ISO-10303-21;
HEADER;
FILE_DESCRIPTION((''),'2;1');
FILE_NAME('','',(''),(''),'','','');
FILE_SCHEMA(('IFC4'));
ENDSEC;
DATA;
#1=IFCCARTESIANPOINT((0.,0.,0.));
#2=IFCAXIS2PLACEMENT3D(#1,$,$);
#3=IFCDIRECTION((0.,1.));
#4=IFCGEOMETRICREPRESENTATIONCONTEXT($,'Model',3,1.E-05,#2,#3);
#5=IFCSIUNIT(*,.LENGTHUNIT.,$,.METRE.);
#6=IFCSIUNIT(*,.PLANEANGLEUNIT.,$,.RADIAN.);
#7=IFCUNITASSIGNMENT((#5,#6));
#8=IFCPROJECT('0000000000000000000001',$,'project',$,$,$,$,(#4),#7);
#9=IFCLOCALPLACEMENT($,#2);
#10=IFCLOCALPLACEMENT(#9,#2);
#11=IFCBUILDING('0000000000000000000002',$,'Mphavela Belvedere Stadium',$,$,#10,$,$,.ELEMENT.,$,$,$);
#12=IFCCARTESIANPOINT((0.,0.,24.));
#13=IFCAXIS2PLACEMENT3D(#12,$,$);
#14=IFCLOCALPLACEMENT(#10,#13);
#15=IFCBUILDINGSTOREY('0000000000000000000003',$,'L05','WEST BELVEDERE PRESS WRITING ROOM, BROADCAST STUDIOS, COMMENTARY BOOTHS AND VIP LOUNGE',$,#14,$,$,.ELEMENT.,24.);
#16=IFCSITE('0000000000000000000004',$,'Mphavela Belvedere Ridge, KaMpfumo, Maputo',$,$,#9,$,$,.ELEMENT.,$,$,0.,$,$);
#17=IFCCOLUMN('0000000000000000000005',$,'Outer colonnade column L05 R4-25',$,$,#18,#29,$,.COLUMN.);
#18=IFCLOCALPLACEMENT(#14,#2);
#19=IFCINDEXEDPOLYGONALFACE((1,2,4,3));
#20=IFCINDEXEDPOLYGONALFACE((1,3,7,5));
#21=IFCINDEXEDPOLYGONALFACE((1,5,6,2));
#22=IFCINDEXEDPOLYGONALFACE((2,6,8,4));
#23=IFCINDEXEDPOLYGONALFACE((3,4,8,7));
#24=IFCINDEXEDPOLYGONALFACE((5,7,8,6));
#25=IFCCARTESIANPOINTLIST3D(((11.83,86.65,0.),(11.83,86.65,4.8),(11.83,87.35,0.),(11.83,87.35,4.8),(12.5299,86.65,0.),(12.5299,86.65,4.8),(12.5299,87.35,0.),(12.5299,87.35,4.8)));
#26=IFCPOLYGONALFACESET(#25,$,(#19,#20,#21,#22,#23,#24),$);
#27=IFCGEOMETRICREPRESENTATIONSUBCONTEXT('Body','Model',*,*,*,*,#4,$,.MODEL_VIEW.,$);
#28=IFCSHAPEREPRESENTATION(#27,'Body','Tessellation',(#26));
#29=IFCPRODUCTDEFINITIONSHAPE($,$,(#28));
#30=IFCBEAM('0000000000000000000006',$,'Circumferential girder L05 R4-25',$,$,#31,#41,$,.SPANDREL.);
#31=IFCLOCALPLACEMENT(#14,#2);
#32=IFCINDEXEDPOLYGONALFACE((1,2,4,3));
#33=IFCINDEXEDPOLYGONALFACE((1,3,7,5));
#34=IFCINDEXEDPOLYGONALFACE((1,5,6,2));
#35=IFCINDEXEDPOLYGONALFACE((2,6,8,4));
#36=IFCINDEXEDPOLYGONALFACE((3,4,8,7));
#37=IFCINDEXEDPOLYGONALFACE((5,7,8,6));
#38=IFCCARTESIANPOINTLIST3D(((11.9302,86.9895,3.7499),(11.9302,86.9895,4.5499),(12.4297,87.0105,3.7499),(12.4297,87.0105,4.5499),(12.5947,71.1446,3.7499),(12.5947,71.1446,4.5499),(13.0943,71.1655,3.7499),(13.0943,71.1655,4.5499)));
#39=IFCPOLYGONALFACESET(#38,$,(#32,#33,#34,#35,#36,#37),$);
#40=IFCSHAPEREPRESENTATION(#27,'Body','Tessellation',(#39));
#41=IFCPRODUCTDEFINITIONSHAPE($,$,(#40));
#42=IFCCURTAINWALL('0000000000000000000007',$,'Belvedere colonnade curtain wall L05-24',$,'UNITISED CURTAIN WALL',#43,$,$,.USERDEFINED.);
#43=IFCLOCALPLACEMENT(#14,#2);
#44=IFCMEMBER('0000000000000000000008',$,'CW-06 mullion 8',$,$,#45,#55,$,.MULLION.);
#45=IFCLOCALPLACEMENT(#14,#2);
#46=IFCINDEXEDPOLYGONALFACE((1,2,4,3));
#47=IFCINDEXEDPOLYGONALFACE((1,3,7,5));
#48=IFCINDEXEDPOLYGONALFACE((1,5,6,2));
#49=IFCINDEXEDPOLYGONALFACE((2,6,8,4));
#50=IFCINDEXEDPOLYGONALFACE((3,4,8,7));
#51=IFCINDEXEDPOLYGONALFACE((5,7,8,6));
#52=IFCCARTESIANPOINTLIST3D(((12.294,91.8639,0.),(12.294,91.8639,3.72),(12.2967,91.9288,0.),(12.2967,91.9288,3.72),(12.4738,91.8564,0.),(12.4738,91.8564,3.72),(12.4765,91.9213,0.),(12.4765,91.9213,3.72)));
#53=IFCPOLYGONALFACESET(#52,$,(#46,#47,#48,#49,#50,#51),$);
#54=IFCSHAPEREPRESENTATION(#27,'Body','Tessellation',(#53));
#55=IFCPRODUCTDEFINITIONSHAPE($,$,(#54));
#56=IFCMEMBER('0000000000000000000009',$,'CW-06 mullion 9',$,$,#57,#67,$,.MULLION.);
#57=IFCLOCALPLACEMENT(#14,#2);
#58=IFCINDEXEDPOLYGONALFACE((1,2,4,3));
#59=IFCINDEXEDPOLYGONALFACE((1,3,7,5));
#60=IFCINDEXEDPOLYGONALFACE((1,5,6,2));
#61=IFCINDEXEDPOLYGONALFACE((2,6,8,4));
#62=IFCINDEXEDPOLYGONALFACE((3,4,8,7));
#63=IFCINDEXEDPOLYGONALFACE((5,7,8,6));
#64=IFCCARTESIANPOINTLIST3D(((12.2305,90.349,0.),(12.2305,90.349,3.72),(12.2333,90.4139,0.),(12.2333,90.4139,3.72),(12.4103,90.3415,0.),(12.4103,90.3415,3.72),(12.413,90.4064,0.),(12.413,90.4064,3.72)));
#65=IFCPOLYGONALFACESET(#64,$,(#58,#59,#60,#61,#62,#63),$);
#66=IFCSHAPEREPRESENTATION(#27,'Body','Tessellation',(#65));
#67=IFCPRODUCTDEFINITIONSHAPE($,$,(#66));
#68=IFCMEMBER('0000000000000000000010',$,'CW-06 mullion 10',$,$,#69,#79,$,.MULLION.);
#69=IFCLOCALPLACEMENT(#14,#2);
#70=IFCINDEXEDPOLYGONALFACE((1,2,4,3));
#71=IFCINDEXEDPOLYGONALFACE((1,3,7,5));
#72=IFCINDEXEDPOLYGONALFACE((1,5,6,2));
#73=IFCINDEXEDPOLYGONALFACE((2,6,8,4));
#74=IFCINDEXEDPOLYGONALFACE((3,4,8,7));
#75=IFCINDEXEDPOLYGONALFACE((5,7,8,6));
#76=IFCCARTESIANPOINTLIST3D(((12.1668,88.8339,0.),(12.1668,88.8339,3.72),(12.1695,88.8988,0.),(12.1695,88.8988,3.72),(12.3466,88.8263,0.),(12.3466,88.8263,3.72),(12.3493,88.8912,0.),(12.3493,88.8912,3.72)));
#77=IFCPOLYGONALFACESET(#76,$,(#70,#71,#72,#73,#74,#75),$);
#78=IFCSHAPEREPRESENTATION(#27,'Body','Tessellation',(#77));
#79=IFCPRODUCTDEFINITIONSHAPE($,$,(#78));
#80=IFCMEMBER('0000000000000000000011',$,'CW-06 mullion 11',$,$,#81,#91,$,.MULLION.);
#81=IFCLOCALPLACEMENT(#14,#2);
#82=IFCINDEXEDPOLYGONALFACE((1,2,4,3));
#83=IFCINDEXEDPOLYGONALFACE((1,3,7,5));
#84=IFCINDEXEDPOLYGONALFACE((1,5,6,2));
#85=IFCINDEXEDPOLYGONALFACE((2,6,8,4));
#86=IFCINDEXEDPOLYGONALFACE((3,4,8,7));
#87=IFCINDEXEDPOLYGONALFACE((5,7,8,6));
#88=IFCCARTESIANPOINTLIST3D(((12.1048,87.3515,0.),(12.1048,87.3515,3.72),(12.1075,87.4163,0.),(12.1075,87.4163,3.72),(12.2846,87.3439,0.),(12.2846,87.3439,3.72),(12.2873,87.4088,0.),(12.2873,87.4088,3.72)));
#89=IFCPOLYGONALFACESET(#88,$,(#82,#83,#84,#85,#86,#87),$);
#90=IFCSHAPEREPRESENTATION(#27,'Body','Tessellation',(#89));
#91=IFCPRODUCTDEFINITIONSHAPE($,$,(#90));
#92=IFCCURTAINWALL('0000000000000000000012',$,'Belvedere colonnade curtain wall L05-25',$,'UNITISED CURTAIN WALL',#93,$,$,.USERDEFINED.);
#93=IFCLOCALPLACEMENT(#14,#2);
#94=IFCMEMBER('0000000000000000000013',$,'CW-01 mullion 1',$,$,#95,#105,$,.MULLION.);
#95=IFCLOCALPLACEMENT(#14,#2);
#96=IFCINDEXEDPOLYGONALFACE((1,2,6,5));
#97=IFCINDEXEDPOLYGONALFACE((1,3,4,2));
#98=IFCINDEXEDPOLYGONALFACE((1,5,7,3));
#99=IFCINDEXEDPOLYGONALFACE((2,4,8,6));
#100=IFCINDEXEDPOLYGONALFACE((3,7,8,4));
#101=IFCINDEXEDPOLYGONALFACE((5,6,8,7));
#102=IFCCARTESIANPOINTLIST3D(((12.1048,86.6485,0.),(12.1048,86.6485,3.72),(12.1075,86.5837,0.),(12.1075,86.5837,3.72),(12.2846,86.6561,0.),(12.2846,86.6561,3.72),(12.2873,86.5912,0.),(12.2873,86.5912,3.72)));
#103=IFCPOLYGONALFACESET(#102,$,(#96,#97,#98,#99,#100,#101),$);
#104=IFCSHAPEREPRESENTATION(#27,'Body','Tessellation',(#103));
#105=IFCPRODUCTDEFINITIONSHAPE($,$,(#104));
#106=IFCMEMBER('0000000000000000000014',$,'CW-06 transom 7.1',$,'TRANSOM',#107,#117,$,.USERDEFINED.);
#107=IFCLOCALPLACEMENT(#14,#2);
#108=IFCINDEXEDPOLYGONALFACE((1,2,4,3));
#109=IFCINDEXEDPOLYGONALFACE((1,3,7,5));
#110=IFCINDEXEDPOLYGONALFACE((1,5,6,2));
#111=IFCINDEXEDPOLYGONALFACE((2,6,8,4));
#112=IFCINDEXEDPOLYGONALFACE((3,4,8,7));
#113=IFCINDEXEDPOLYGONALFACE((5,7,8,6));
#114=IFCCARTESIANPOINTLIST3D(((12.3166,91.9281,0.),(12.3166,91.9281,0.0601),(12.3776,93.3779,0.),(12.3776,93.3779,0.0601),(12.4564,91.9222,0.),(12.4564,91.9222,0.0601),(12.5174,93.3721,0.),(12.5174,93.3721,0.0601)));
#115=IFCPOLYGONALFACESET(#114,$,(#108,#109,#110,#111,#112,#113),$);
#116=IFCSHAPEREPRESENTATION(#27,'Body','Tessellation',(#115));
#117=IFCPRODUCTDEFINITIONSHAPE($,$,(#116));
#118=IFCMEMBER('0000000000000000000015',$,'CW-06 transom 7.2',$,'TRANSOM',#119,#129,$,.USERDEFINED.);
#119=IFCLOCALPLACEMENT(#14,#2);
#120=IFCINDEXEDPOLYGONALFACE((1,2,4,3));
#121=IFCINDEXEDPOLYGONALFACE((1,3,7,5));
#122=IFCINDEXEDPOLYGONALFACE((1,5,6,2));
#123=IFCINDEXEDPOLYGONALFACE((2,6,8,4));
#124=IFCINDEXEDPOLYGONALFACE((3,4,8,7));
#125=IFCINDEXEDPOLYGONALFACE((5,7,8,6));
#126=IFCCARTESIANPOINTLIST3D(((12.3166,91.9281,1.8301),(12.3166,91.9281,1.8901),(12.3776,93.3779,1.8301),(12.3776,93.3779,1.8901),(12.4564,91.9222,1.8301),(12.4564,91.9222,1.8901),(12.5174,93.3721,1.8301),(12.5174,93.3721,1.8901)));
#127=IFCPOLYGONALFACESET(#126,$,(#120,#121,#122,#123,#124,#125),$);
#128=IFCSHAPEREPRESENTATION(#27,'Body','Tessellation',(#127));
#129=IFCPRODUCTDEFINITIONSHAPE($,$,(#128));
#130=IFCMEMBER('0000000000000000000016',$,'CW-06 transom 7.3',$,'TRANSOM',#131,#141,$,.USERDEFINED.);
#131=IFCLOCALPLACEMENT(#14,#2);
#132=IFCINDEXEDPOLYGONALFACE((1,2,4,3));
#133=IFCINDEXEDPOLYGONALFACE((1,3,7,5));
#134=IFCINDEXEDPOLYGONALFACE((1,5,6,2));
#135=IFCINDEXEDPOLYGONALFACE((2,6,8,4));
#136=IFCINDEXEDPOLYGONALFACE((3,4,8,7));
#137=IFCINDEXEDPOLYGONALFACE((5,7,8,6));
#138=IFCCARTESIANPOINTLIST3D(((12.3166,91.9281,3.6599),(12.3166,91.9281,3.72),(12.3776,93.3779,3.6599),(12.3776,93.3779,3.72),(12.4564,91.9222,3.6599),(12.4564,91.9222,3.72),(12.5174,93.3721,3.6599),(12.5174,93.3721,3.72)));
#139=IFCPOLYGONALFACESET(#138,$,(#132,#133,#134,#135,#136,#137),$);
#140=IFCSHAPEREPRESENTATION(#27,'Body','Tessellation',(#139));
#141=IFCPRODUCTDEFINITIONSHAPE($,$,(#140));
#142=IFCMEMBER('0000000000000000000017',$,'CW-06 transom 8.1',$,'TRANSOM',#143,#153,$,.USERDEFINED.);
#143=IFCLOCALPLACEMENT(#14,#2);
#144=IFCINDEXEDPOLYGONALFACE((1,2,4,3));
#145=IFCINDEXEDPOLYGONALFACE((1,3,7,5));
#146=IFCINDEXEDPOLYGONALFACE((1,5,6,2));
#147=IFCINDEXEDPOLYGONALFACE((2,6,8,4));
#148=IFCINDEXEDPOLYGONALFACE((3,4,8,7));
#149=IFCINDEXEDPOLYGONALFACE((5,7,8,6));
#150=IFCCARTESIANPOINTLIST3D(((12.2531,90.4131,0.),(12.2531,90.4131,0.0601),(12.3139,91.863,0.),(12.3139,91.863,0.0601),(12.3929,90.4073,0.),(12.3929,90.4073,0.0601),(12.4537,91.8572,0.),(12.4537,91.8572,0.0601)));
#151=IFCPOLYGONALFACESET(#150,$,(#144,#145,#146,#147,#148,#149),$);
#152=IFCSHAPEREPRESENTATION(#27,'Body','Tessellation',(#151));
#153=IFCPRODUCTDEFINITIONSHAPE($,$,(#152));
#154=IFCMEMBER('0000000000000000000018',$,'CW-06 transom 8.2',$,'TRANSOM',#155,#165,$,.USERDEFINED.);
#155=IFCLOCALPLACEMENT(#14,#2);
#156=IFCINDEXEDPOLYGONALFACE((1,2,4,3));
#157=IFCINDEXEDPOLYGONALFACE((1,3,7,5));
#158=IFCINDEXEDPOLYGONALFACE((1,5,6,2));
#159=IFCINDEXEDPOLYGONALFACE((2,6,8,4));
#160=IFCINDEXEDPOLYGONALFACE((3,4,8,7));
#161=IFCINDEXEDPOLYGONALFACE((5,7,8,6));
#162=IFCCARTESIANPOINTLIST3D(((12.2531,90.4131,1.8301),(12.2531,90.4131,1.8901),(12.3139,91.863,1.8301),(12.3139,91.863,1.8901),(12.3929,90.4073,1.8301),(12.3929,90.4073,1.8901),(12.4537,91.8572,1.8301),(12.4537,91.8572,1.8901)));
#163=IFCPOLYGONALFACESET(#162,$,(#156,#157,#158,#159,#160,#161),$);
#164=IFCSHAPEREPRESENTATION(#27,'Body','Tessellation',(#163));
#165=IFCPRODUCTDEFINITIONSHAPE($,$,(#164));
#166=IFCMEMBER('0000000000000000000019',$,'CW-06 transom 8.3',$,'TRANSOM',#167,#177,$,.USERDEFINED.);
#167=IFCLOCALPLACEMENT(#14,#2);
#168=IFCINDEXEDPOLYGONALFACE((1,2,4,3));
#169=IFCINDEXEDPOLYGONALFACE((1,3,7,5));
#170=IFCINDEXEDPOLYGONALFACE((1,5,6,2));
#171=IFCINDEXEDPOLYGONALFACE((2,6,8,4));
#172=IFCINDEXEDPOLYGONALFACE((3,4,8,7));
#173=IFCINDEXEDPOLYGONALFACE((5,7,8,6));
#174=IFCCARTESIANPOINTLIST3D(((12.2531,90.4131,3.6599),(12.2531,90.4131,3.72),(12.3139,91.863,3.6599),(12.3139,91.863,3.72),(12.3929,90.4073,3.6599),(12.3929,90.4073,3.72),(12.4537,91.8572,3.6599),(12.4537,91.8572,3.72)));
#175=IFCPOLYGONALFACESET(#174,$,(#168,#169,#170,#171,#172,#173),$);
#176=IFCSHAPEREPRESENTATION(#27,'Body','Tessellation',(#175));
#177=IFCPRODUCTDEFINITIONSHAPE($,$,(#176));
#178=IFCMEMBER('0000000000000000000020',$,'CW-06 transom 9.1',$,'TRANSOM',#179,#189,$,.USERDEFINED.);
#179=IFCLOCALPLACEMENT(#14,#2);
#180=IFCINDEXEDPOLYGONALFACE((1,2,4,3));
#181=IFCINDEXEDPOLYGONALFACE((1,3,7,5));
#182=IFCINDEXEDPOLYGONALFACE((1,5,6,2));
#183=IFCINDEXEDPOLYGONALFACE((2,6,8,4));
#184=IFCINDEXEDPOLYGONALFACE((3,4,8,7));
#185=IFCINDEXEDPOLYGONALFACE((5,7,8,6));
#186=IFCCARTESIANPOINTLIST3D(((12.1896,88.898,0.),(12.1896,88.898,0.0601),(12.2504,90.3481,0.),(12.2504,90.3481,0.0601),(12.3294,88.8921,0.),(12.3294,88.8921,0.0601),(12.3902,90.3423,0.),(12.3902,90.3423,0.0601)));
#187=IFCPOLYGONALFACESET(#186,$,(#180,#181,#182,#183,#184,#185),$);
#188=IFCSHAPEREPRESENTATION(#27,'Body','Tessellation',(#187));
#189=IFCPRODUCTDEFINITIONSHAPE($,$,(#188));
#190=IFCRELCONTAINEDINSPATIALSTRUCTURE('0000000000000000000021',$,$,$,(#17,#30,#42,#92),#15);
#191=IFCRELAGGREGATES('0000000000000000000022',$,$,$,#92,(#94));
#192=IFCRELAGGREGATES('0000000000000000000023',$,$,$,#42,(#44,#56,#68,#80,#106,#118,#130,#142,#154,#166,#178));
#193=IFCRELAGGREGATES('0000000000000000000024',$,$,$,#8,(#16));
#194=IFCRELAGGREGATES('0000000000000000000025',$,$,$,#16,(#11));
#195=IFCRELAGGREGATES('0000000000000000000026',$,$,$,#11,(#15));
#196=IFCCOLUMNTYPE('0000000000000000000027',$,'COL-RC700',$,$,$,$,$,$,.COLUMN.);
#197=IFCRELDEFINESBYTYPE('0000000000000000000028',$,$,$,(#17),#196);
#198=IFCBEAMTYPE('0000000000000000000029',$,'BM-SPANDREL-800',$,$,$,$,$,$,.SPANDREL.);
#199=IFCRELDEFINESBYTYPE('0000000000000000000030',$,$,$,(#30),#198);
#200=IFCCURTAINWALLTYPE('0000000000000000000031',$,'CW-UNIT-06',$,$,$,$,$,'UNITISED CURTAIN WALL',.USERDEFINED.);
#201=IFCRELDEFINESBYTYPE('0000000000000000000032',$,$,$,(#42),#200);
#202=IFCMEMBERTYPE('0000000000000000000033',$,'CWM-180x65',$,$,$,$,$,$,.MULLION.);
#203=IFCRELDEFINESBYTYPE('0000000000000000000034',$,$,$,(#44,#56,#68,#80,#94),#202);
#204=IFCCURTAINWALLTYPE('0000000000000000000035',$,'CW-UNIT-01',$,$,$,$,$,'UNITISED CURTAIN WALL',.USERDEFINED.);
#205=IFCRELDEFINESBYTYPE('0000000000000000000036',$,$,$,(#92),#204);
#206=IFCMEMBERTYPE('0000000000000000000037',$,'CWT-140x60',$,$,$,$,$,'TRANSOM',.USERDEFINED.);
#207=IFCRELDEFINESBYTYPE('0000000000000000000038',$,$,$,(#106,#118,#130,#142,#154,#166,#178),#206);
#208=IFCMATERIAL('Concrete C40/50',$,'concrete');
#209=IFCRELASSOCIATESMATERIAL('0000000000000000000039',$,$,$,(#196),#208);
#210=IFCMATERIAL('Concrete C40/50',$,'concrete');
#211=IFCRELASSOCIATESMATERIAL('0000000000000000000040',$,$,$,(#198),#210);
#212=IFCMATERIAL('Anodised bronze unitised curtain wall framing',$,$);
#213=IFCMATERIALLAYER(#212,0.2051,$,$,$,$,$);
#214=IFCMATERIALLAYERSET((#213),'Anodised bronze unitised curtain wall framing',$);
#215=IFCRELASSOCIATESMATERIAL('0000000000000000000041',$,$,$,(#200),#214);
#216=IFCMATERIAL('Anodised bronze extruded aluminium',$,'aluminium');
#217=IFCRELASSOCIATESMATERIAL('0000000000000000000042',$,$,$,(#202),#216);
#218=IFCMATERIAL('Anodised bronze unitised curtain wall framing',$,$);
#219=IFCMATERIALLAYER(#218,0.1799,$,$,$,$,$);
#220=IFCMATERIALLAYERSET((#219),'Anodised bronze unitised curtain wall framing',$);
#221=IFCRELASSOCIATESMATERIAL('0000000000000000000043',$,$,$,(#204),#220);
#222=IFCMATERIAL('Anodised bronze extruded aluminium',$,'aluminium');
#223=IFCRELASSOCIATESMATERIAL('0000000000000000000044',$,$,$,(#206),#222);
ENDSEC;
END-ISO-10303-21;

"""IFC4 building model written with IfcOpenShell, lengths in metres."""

from ifc_helpers import new_model, si_unit, direction, frame, origin, origin_2d, place, context, subcontext, project, spatial, rectangle, extrude, material, layer, layer_set, material_profile, profile_set, type_object, element, aggregate, save


model = new_model("IFC4")

# Units and contexts
model_context = context("Model", 3, precision=1e-05, world=origin(), true_north=direction((0.0, 1.0)))
body_context = subcontext(model_context, "Body", "Model", "MODEL_VIEW")
ifc_project = project(units=[si_unit("LENGTHUNIT", "METRE"), si_unit("PLANEANGLEUNIT", "RADIAN")], contexts=[model_context])

# Site, building, storey
site_placement = place(None, origin())
site = spatial("IfcSite", under=ifc_project, at=site_placement, Name="Mphavela Belvedere Ridge, KaMpfumo, Maputo", CompositionType="ELEMENT", RefElevation=0.0)
building_placement = place(site_placement, origin())
building = spatial("IfcBuilding", under=site, at=building_placement, Name="Mphavela Belvedere Stadium", CompositionType="ELEMENT")
storey_placement = place(building_placement, frame((0.0, 0.0, 24.0)))
storey = spatial("IfcBuildingStorey", under=building, at=storey_placement, Name="L05", Description="WEST BELVEDERE PRESS WRITING ROOM, BROADCAST STUDIOS, COMMENTARY BOOTHS AND VIP LOUNGE", CompositionType="ELEMENT", Elevation=24.0)

# Column
ifc_material_1 = material(Name="Concrete C40/50", Category="concrete")
ifc_material_profile_1 = material_profile(ifc_material_1, rectangle(XDim=0.7, YDim=0.7, at=origin_2d()), Name="RC 700x700")
ifc_profile_set_1 = profile_set([ifc_material_profile_1], Name="Concrete C40/50")
column_type = type_object("IfcColumnType", Name="COL-RC700", PredefinedType="COLUMN", material=ifc_profile_set_1)
column_placement = place(storey_placement, frame((12.1799, 87.0, 0.0), z_axis=(0.0, 0.0, 1.0), x_axis=(-1.0, 0.0, 0.0)))
element("IfcColumn", 1, at=column_placement, inside=storey, type_object=column_type, Name="Outer colonnade column L05 R4-25", PredefinedType="COLUMN", context=body_context, shape_type="SweptSolid", body=[
    extrude(rectangle(XDim=0.7, YDim=0.7, at=origin_2d()), origin(), (0.0, 0.0, 1.0), 4.8),
])

# Beam
ifc_material_2 = material(Name="Concrete C40/50", Category="concrete")
ifc_material_profile_2 = material_profile(ifc_material_2, rectangle(XDim=0.5, YDim=0.8, at=origin_2d()), Name="RC 500x800")
ifc_profile_set_2 = profile_set([ifc_material_profile_2], Name="Concrete C40/50")
beam_type = type_object("IfcBeamType", Name="BM-SPANDREL-800", PredefinedType="SPANDREL", material=ifc_profile_set_2)
beam_placement = place(storey_placement, frame((12.1799, 87.0, 4.1499), z_axis=(0.041904, -0.999122, 0.0), x_axis=(0.999122, 0.041904, 0.0)))
element("IfcBeam", 2, at=beam_placement, inside=storey, type_object=beam_type, Name="Circumferential girder L05 R4-25", PredefinedType="SPANDREL", context=body_context, shape_type="SweptSolid", body=[
    extrude(rectangle(XDim=0.5, YDim=0.8, at=origin_2d()), origin(), (0.0, 0.0, 1.0), 15.8589),
])

# Curtain wall, members
ifc_material_3 = material(Name="Anodised bronze unitised curtain wall framing")
ifc_layer_1 = layer(ifc_material_3, 0.2051)
ifc_layer_set_1 = layer_set([ifc_layer_1], Name="Anodised bronze unitised curtain wall framing")
curtain_wall_type_1 = type_object("IfcCurtainWallType", Name="CW-UNIT-06", ElementType="UNITISED CURTAIN WALL", PredefinedType="USERDEFINED", material=ifc_layer_set_1)
curtain_wall_1_placement = place(storey_placement, origin())
curtain_wall_1 = element("IfcCurtainWall", 3, at=curtain_wall_1_placement, inside=storey, type_object=curtain_wall_type_1, Name="Belvedere colonnade curtain wall L05-24", ObjectType="UNITISED CURTAIN WALL", PredefinedType="USERDEFINED")
ifc_material_4 = material(Name="Anodised bronze extruded aluminium", Category="aluminium")
ifc_material_profile_3 = material_profile(ifc_material_4, rectangle(XDim=0.1799, YDim=0.0649, at=origin_2d()), Name="CW-MUL 180x65")
ifc_profile_set_3 = profile_set([ifc_material_profile_3], Name="Anodised bronze extruded aluminium")
member_type_1 = type_object("IfcMemberType", Name="CWM-180x65", PredefinedType="MULLION", material=ifc_profile_set_3)
member_1_placement = place(storey_placement, frame((12.3853, 91.8926, 0.0), z_axis=(0.0, 0.0, 1.0), x_axis=(0.999122, -0.041905, 0.0)))
member_1 = element("IfcMember", 4, at=member_1_placement, type_object=member_type_1, Name="CW-06 mullion 8", PredefinedType="MULLION", context=body_context, shape_type="SweptSolid", body=[
    extrude(rectangle(XDim=0.1799, YDim=0.0649, at=origin_2d()), origin(), (0.0, 0.0, 1.0), 3.72),
])
member_2_placement = place(storey_placement, frame((12.3218, 90.3777, 0.0), z_axis=(0.0, 0.0, 1.0), x_axis=(0.999122, -0.041905, 0.0)))
member_2 = element("IfcMember", 5, at=member_2_placement, type_object=member_type_1, Name="CW-06 mullion 9", PredefinedType="MULLION", context=body_context, shape_type="SweptSolid", body=[
    extrude(rectangle(XDim=0.1799, YDim=0.0649, at=origin_2d()), origin(), (0.0, 0.0, 1.0), 3.72),
])
member_3_placement = place(storey_placement, frame((12.2581, 88.8625, 0.0), z_axis=(0.0, 0.0, 1.0), x_axis=(0.999122, -0.041905, 0.0)))
member_3 = element("IfcMember", 6, at=member_3_placement, type_object=member_type_1, Name="CW-06 mullion 10", PredefinedType="MULLION", context=body_context, shape_type="SweptSolid", body=[
    extrude(rectangle(XDim=0.1799, YDim=0.0649, at=origin_2d()), origin(), (0.0, 0.0, 1.0), 3.72),
])
member_4_placement = place(storey_placement, frame((12.196, 87.3801, 0.0), z_axis=(0.0, 0.0, 1.0), x_axis=(0.999122, -0.041905, 0.0)))
member_4 = element("IfcMember", 7, at=member_4_placement, type_object=member_type_1, Name="CW-06 mullion 11", PredefinedType="MULLION", context=body_context, shape_type="SweptSolid", body=[
    extrude(rectangle(XDim=0.1799, YDim=0.0649, at=origin_2d()), origin(), (0.0, 0.0, 1.0), 3.72),
])

# Curtain wall, member
ifc_material_5 = material(Name="Anodised bronze unitised curtain wall framing")
ifc_layer_2 = layer(ifc_material_5, 0.1799)
ifc_layer_set_2 = layer_set([ifc_layer_2], Name="Anodised bronze unitised curtain wall framing")
curtain_wall_type_2 = type_object("IfcCurtainWallType", Name="CW-UNIT-01", ElementType="UNITISED CURTAIN WALL", PredefinedType="USERDEFINED", material=ifc_layer_set_2)
curtain_wall_2_placement = place(storey_placement, origin())
curtain_wall_2 = element("IfcCurtainWall", 8, at=curtain_wall_2_placement, inside=storey, type_object=curtain_wall_type_2, Name="Belvedere colonnade curtain wall L05-25", ObjectType="UNITISED CURTAIN WALL", PredefinedType="USERDEFINED")
member_5_placement = place(storey_placement, frame((12.196, 86.6199, 0.0), z_axis=(0.0, 0.0, 1.0), x_axis=(0.999122, 0.041905, 0.0)))
member_5 = element("IfcMember", 9, at=member_5_placement, type_object=member_type_1, Name="CW-01 mullion 1", PredefinedType="MULLION", context=body_context, shape_type="SweptSolid", body=[
    extrude(rectangle(XDim=0.1799, YDim=0.0649, at=origin_2d()), origin(), (0.0, 0.0, 1.0), 3.72),
])

# Members
ifc_material_6 = material(Name="Anodised bronze extruded aluminium", Category="aluminium")
ifc_material_profile_4 = material_profile(ifc_material_6, rectangle(XDim=0.1399, YDim=0.0601, at=origin_2d()), Name="CW-TRN 140x60")
ifc_profile_set_4 = profile_set([ifc_material_profile_4], Name="Anodised bronze extruded aluminium")
member_type_2 = type_object("IfcMemberType", Name="CWT-140x60", ElementType="TRANSOM", PredefinedType="USERDEFINED", material=ifc_profile_set_4)
member_6_placement = place(storey_placement, frame((12.4475, 93.375, 0.03), z_axis=(-0.042057, -0.999115, 0.0), x_axis=(0.999115, -0.042057, 0.0)))
member_6 = element("IfcMember", 10, at=member_6_placement, type_object=member_type_2, Name="CW-06 transom 7.1", ObjectType="TRANSOM", PredefinedType="USERDEFINED", context=body_context, shape_type="SweptSolid", body=[
    extrude(rectangle(XDim=0.1399, YDim=0.0601, at=origin_2d()), origin(), (0.0, 0.0, 1.0), 1.4512),
])
member_7_placement = place(storey_placement, frame((12.4475, 93.375, 1.8601), z_axis=(-0.042057, -0.999115, 0.0), x_axis=(0.999115, -0.042057, 0.0)))
member_7 = element("IfcMember", 11, at=member_7_placement, type_object=member_type_2, Name="CW-06 transom 7.2", ObjectType="TRANSOM", PredefinedType="USERDEFINED", context=body_context, shape_type="SweptSolid", body=[
    extrude(rectangle(XDim=0.1399, YDim=0.0601, at=origin_2d()), origin(), (0.0, 0.0, 1.0), 1.4512),
])
member_8_placement = place(storey_placement, frame((12.4475, 93.375, 3.6899), z_axis=(-0.042057, -0.999115, 0.0), x_axis=(0.999115, -0.042057, 0.0)))
member_8 = element("IfcMember", 12, at=member_8_placement, type_object=member_type_2, Name="CW-06 transom 7.3", ObjectType="TRANSOM", PredefinedType="USERDEFINED", context=body_context, shape_type="SweptSolid", body=[
    extrude(rectangle(XDim=0.1399, YDim=0.0601, at=origin_2d()), origin(), (0.0, 0.0, 1.0), 1.4512),
])
member_9_placement = place(storey_placement, frame((12.3838, 91.8601, 0.03), z_axis=(-0.041889, -0.999122, 0.0), x_axis=(0.999122, -0.041889, 0.0)))
member_9 = element("IfcMember", 13, at=member_9_placement, type_object=member_type_2, Name="CW-06 transom 8.1", ObjectType="TRANSOM", PredefinedType="USERDEFINED", context=body_context, shape_type="SweptSolid", body=[
    extrude(rectangle(XDim=0.1399, YDim=0.0601, at=origin_2d()), origin(), (0.0, 0.0, 1.0), 1.4512),
])
member_10_placement = place(storey_placement, frame((12.3838, 91.8601, 1.8601), z_axis=(-0.041889, -0.999122, 0.0), x_axis=(0.999122, -0.041889, 0.0)))
member_10 = element("IfcMember", 14, at=member_10_placement, type_object=member_type_2, Name="CW-06 transom 8.2", ObjectType="TRANSOM", PredefinedType="USERDEFINED", context=body_context, shape_type="SweptSolid", body=[
    extrude(rectangle(XDim=0.1399, YDim=0.0601, at=origin_2d()), origin(), (0.0, 0.0, 1.0), 1.4512),
])
member_11_placement = place(storey_placement, frame((12.3838, 91.8601, 3.6899), z_axis=(-0.041889, -0.999122, 0.0), x_axis=(0.999122, -0.041889, 0.0)))
member_11 = element("IfcMember", 15, at=member_11_placement, type_object=member_type_2, Name="CW-06 transom 8.3", ObjectType="TRANSOM", PredefinedType="USERDEFINED", context=body_context, shape_type="SweptSolid", body=[
    extrude(rectangle(XDim=0.1399, YDim=0.0601, at=origin_2d()), origin(), (0.0, 0.0, 1.0), 1.4512),
])
member_12_placement = place(storey_placement, frame((12.3203, 90.3452, 0.03), z_axis=(-0.041882, -0.999123, 0.0), x_axis=(0.999123, -0.041882, 0.0)))
member_12 = element("IfcMember", 16, at=member_12_placement, type_object=member_type_2, Name="CW-06 transom 9.1", ObjectType="TRANSOM", PredefinedType="USERDEFINED", context=body_context, shape_type="SweptSolid", body=[
    extrude(rectangle(XDim=0.1399, YDim=0.0601, at=origin_2d()), origin(), (0.0, 0.0, 1.0), 1.4514),
])
aggregate(curtain_wall_2, [member_5])

aggregate(curtain_wall_1, [member_1, member_2, member_3, member_4, member_6, member_7, member_8, member_9, member_10, member_11, member_12])

save(model, "model.ifc")
